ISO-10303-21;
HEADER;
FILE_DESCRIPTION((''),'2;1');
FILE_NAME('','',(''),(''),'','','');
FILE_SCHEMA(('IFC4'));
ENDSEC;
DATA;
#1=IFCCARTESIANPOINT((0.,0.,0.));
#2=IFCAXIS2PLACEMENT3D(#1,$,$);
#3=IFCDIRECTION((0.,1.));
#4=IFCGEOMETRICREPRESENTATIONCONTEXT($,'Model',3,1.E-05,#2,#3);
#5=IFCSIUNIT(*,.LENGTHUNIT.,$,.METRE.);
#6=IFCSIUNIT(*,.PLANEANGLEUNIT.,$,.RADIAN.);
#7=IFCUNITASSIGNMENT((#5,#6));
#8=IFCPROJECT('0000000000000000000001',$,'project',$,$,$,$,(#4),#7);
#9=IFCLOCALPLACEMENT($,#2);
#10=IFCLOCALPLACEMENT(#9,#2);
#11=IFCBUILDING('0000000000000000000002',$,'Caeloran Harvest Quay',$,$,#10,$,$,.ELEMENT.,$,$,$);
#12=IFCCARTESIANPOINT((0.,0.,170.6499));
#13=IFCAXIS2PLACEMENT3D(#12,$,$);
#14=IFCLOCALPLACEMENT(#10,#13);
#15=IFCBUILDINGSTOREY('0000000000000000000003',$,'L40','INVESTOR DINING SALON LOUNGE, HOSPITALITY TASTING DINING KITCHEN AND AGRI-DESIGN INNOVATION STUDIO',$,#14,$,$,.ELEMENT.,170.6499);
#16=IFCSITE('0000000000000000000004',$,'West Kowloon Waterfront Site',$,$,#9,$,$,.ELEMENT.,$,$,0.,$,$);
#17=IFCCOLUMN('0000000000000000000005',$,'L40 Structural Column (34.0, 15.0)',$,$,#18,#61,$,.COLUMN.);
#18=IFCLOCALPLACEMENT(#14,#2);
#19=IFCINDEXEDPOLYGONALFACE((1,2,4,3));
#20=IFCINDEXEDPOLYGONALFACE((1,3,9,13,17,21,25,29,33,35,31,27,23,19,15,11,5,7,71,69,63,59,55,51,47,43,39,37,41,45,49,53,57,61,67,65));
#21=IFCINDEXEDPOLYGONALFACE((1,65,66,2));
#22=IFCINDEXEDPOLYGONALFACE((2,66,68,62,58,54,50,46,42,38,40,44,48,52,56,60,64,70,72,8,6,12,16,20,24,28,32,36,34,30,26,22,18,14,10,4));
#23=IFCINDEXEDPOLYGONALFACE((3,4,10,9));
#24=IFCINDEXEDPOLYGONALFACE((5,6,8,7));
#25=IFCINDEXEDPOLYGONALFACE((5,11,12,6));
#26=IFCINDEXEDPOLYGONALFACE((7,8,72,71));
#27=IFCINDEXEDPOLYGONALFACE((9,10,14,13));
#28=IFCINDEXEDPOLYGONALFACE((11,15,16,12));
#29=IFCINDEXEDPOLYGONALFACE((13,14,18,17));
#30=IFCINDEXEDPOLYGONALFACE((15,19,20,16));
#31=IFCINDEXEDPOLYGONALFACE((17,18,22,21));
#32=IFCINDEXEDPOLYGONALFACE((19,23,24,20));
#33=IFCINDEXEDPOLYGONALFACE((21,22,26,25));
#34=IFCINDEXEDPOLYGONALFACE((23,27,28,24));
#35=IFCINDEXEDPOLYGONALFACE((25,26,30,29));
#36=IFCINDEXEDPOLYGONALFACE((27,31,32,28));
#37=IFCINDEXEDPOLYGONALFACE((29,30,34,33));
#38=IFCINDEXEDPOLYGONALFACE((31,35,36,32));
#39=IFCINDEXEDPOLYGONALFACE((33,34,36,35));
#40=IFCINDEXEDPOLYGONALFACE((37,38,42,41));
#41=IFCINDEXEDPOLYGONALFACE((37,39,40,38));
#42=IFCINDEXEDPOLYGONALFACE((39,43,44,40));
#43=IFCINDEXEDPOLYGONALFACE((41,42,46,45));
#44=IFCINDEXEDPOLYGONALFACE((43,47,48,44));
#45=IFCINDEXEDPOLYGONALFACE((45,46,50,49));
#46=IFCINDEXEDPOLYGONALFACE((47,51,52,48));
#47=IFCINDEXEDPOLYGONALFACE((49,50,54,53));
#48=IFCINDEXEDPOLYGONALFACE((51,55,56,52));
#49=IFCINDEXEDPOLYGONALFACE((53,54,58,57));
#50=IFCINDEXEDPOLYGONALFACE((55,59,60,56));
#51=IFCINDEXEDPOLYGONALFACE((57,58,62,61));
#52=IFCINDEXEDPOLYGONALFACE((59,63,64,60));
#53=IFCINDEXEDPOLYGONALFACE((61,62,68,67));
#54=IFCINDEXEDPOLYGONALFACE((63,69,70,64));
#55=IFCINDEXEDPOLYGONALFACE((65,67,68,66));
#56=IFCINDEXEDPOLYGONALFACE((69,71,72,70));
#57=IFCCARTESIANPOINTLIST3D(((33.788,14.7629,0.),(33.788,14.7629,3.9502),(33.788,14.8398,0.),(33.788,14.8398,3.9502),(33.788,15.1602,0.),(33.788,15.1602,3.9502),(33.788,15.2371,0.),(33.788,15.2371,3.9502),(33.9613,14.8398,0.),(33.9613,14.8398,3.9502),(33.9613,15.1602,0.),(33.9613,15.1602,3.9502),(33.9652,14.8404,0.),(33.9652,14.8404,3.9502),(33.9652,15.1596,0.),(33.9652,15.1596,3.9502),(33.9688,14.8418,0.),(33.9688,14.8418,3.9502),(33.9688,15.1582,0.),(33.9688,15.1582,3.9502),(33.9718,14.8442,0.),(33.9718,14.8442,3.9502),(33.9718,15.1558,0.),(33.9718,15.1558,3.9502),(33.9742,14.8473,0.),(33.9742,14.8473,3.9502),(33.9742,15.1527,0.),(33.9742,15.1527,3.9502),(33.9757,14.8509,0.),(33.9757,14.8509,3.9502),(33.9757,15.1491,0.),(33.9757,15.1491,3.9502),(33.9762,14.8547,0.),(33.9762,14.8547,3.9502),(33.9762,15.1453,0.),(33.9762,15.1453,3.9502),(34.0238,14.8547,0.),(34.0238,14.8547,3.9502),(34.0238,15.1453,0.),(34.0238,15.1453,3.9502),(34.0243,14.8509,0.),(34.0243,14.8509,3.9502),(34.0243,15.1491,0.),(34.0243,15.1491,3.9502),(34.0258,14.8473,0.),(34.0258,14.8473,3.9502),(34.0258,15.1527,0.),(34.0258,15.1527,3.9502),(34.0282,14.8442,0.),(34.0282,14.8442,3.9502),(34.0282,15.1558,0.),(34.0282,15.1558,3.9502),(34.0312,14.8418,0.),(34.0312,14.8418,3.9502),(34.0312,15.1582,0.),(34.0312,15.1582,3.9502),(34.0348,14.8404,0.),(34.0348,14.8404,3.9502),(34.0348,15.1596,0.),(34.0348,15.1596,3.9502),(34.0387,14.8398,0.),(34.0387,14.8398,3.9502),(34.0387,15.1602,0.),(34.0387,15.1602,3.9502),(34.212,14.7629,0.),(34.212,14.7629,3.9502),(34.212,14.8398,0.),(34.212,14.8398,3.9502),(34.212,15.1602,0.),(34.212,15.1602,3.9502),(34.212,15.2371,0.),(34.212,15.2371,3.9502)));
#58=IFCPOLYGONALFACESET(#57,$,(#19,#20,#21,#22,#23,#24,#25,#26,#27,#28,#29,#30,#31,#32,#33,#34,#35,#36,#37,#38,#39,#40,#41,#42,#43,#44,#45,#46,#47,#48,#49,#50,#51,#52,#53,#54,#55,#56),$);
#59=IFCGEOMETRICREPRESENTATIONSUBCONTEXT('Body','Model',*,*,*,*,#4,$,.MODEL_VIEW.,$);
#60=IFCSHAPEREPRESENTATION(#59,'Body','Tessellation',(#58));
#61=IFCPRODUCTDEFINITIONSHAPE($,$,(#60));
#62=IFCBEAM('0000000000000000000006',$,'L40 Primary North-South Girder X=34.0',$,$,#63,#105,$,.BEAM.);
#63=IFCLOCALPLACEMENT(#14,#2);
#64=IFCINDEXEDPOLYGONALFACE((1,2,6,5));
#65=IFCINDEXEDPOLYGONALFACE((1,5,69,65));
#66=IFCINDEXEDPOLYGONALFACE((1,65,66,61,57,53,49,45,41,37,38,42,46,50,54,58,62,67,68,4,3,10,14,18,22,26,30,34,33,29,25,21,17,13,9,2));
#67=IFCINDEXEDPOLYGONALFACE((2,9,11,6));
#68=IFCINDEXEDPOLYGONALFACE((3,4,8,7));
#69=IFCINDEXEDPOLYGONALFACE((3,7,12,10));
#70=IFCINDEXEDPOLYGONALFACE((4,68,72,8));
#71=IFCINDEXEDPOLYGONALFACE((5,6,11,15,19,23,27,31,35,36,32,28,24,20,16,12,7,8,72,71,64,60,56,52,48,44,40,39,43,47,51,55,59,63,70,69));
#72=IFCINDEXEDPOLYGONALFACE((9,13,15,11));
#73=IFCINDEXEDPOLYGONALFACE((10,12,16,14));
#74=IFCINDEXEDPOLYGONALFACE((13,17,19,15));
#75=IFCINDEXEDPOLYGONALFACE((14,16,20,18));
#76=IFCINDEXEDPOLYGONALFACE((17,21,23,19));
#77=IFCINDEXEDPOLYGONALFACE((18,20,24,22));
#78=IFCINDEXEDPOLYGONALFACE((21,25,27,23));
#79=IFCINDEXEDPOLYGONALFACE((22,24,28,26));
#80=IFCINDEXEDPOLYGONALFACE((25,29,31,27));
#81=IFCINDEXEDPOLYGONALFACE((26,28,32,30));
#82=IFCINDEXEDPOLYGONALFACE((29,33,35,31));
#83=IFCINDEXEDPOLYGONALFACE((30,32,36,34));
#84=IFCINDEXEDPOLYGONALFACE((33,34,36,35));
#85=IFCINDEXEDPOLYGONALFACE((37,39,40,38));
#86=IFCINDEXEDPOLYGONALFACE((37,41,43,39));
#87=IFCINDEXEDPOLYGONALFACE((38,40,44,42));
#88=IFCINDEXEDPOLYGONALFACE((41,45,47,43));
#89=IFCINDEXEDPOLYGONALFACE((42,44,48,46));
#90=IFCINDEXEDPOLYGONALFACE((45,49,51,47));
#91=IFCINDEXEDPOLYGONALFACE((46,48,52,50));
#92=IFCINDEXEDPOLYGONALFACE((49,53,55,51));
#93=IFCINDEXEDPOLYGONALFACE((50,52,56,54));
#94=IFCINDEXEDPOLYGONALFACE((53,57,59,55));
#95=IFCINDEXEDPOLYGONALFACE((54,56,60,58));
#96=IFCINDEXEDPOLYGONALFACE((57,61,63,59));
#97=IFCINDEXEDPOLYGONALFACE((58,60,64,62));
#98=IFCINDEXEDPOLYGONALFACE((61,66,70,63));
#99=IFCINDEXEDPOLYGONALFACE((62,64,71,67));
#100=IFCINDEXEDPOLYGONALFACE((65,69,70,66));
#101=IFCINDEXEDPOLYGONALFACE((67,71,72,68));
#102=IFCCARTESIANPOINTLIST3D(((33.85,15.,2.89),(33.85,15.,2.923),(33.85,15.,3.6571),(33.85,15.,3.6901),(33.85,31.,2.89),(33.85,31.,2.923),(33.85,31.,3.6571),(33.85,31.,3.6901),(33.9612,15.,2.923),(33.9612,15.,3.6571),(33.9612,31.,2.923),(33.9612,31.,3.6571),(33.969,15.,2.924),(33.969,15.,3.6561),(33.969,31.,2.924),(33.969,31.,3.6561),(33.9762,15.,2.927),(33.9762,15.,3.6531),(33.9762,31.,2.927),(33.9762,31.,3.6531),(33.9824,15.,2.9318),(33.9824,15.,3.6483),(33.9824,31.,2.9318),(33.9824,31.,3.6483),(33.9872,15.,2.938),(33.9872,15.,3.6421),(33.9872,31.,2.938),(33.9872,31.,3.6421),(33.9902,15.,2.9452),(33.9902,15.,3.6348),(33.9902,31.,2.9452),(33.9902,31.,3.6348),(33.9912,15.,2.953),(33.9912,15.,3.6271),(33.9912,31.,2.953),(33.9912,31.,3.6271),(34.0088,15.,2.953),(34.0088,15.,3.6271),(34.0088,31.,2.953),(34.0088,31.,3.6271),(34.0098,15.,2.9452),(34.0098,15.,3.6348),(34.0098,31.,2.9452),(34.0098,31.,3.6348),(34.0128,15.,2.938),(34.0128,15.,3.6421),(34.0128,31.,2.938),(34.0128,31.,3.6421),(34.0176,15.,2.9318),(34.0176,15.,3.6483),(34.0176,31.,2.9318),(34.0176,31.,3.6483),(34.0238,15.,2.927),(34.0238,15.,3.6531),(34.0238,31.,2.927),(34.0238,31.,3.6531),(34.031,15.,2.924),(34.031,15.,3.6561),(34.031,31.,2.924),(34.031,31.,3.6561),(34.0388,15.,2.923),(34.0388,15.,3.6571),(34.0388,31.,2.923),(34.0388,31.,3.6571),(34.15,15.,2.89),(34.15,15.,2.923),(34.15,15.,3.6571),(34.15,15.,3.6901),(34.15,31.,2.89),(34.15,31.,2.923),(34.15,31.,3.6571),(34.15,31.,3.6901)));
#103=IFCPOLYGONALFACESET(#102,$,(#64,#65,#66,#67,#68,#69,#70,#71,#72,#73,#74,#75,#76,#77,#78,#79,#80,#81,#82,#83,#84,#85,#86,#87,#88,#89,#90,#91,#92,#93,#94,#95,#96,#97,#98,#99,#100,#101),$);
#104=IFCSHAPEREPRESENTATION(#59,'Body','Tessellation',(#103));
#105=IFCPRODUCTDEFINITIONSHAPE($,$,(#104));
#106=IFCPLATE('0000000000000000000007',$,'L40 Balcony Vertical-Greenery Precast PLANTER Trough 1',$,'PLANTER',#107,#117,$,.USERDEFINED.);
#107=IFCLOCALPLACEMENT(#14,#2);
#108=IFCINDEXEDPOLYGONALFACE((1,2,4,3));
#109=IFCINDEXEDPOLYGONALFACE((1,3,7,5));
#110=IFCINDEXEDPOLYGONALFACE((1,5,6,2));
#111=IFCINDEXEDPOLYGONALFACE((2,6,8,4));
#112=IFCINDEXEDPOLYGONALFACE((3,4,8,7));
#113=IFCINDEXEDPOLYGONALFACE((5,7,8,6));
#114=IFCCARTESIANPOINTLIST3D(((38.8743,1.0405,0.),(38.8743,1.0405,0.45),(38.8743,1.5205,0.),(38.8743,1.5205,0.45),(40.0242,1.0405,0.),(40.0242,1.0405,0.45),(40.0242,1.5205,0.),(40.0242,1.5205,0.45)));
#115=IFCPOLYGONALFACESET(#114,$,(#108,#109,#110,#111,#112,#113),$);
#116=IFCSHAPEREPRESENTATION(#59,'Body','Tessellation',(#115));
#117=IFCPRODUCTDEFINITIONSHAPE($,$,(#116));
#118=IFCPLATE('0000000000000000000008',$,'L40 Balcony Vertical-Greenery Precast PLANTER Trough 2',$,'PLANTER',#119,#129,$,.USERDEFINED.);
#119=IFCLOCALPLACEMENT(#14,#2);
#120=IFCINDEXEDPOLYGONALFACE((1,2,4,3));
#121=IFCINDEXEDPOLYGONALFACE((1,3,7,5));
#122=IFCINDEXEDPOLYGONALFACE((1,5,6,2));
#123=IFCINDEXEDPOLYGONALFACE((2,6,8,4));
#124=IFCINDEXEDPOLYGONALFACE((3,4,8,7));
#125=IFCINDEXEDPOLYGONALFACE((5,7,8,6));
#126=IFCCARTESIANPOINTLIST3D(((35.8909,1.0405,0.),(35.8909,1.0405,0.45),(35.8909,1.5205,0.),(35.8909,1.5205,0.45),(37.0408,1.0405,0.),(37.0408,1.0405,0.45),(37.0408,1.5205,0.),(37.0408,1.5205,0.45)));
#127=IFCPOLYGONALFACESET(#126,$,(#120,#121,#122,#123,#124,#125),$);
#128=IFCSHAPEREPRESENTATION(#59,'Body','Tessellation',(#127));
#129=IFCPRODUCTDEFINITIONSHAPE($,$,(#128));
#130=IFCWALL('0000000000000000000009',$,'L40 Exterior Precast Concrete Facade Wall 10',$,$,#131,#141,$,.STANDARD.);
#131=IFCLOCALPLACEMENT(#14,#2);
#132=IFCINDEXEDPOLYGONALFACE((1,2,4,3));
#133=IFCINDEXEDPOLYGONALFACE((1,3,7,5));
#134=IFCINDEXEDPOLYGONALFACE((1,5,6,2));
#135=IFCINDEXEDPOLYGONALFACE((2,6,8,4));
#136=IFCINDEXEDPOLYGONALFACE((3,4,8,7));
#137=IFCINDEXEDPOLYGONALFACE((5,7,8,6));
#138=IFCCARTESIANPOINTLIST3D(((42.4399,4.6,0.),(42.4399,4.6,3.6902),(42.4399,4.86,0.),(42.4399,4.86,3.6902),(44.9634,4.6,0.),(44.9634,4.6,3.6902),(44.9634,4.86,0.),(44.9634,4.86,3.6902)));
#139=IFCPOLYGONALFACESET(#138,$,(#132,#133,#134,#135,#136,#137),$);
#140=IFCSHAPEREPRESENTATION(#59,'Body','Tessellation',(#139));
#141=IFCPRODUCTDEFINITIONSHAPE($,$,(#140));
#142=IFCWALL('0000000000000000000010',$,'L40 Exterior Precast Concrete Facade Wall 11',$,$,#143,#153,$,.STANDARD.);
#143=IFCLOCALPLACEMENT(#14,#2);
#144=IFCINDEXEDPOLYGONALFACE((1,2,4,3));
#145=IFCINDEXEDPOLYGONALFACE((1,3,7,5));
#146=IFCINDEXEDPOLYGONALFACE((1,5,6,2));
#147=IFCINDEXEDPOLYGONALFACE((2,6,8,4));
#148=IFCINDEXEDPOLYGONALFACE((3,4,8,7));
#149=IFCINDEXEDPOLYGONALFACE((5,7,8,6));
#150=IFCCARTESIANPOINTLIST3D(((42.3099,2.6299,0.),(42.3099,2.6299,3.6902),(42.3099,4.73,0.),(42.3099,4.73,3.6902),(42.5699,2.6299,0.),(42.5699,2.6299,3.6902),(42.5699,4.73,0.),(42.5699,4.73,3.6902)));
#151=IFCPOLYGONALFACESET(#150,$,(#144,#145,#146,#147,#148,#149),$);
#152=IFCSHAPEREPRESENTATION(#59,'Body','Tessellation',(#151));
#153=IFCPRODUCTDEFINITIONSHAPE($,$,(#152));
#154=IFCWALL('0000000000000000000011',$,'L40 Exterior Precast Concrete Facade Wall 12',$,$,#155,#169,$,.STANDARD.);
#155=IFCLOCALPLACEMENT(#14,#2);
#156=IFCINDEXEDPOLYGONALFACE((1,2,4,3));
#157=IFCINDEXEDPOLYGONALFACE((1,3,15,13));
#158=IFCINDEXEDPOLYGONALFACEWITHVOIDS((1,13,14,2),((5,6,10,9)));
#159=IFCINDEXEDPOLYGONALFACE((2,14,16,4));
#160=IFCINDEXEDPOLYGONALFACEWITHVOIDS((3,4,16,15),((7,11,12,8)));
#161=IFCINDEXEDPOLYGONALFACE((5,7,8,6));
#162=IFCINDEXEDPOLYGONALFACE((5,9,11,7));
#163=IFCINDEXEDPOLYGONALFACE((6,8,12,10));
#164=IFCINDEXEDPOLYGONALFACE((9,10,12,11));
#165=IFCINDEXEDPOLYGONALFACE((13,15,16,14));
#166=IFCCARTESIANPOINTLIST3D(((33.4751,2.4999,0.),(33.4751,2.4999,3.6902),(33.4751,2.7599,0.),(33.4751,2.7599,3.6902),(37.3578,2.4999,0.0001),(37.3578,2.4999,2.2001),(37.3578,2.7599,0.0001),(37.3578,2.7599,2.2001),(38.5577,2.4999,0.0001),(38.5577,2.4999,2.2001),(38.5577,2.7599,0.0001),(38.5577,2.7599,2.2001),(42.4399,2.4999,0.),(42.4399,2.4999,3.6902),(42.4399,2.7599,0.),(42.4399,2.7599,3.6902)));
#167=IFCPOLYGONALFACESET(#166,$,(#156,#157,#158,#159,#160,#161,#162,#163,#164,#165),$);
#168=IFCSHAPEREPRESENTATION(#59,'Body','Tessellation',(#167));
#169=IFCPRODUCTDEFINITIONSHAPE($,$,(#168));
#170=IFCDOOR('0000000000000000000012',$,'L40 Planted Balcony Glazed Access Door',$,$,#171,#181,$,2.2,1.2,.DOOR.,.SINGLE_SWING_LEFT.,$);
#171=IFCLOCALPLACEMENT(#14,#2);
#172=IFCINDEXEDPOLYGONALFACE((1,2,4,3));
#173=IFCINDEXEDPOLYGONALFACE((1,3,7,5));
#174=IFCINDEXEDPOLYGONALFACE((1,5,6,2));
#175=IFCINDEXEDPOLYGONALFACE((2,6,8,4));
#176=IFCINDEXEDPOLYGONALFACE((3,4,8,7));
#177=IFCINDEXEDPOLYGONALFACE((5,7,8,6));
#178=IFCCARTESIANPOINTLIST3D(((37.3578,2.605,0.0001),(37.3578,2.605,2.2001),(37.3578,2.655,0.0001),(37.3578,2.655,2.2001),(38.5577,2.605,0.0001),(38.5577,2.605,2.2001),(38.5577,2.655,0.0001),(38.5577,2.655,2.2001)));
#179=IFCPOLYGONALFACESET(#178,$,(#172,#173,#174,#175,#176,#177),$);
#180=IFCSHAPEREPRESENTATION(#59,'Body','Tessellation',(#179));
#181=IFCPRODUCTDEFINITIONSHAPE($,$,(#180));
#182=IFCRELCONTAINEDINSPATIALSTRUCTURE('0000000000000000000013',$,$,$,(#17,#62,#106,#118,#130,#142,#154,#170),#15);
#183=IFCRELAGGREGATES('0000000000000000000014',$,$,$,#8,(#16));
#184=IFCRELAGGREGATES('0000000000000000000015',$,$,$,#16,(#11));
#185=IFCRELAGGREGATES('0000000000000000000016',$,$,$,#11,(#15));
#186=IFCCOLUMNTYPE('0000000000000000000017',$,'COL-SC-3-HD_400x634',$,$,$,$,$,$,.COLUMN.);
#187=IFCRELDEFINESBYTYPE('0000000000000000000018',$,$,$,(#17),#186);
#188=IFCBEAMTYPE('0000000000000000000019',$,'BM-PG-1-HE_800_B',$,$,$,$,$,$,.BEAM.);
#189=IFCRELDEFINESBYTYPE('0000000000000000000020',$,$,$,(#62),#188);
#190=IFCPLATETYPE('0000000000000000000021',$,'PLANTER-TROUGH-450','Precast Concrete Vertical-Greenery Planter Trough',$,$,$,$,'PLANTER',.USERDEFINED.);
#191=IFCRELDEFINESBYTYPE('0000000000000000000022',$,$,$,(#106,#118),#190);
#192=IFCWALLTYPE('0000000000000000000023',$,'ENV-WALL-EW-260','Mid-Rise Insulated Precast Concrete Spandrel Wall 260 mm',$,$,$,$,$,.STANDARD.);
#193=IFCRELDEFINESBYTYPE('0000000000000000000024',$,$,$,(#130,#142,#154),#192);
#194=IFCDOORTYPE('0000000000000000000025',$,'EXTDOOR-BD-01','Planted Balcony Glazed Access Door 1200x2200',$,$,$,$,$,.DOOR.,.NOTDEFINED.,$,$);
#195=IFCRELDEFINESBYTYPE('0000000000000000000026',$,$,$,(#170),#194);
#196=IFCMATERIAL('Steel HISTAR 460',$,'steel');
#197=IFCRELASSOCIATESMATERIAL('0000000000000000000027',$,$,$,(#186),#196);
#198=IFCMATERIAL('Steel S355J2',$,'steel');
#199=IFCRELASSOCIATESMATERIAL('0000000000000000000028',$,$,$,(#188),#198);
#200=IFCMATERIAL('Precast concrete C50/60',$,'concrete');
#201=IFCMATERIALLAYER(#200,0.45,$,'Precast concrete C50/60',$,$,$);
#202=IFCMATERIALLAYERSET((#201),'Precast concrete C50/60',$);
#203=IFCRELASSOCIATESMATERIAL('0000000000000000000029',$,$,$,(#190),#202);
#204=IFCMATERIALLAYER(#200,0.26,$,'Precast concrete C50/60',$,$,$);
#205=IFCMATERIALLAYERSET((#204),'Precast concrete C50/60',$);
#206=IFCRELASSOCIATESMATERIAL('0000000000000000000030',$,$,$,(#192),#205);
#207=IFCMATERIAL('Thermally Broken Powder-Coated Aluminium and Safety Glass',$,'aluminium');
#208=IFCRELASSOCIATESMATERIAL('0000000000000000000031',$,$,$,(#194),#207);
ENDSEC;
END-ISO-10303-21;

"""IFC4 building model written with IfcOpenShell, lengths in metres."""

from ifc_helpers import new_model, si_unit, direction, frame, frame_2d, origin, origin_2d, place, context, subcontext, project, spatial, rectangle, i_section, extrude, material, layer, layer_set, material_profile, profile_set, type_object, element, fill, save


model = new_model("IFC4")

# Units and contexts
model_context = context("Model", 3, precision=1e-05, world=origin(), true_north=direction((0.0, 1.0)))
body_context = subcontext(model_context, "Body", "Model", "MODEL_VIEW")
ifc_project = project(units=[si_unit("LENGTHUNIT", "METRE"), si_unit("PLANEANGLEUNIT", "RADIAN")], contexts=[model_context])

# Site, building, storey
site_placement = place(None, origin())
site = spatial("IfcSite", under=ifc_project, at=site_placement, Name="West Kowloon Waterfront Site", CompositionType="ELEMENT", RefElevation=0.0)
building_placement = place(site_placement, origin())
building = spatial("IfcBuilding", under=site, at=building_placement, Name="Caeloran Harvest Quay", CompositionType="ELEMENT")
storey_placement = place(building_placement, frame((0.0, 0.0, 170.6499)))
storey = spatial("IfcBuildingStorey", under=building, at=storey_placement, Name="L40", Description="INVESTOR DINING SALON LOUNGE, HOSPITALITY TASTING DINING KITCHEN AND AGRI-DESIGN INNOVATION STUDIO", CompositionType="ELEMENT", Elevation=170.6499)

# Column
ifc_material_1 = material(Name="Steel HISTAR 460", Category="steel")
ifc_material_profile_1 = material_profile(ifc_material_1, i_section(OverallWidth=0.4241, OverallDepth=0.4741, WebThickness=0.0476, FlangeThickness=0.0769, FilletRadius=0.0149, at=origin_2d()), Name="HD 400x634")
ifc_profile_set_1 = profile_set([ifc_material_profile_1], Name="Steel HISTAR 460")
column_type = type_object("IfcColumnType", Name="COL-SC-3-HD_400x634", PredefinedType="COLUMN", material=ifc_profile_set_1)
column_placement = place(storey_placement, frame((34.0, 15.0, 0.0), z_axis=(0.0, 0.0, 1.0), x_axis=(1.0, 0.0, 0.0)))
element("IfcColumn", 1, at=column_placement, inside=storey, type_object=column_type, Name="L40 Structural Column (34.0, 15.0)", PredefinedType="COLUMN", context=body_context, shape_type="SweptSolid", body=[
    extrude(i_section(OverallWidth=0.4241, OverallDepth=0.4741, WebThickness=0.0476, FlangeThickness=0.0769, FilletRadius=0.0149, at=origin_2d()), origin(), (0.0, 0.0, 1.0), 3.9502),
])

# Beam
ifc_material_2 = material(Name="Steel S355J2", Category="steel")
ifc_material_profile_2 = material_profile(ifc_material_2, i_section(OverallWidth=0.3, OverallDepth=0.8, WebThickness=0.0176, FlangeThickness=0.033, FilletRadius=0.03, at=origin_2d()), Name="HE 800 B")
ifc_profile_set_2 = profile_set([ifc_material_profile_2], Name="Steel S355J2")
beam_type = type_object("IfcBeamType", Name="BM-PG-1-HE_800_B", PredefinedType="BEAM", material=ifc_profile_set_2)
beam_placement = place(storey_placement, frame((34.0, 15.0, 3.29), z_axis=(0.0, 1.0, 0.0), x_axis=(-1.0, 0.0, 0.0)))
element("IfcBeam", 2, at=beam_placement, inside=storey, type_object=beam_type, Name="L40 Primary North-South Girder X=34.0", PredefinedType="BEAM", context=body_context, shape_type="SweptSolid", body=[
    extrude(i_section(OverallWidth=0.3, OverallDepth=0.8, WebThickness=0.0176, FlangeThickness=0.033, FilletRadius=0.03, at=origin_2d()), origin(), (0.0, 0.0, 1.0), 16.0),
])

# Plates
ifc_material_3 = material(Name="Precast concrete C50/60", Category="concrete")
ifc_layer_1 = layer(ifc_material_3, 0.45, Name="Precast concrete C50/60")
ifc_layer_set_1 = layer_set([ifc_layer_1], Name="Precast concrete C50/60")
plate_type = type_object("IfcPlateType", Name="PLANTER-TROUGH-450", Description="Precast Concrete Vertical-Greenery Planter Trough", ElementType="PLANTER", PredefinedType="USERDEFINED", material=ifc_layer_set_1)
for number, where, z_axis, x_axis, name in (
    (3, (39.4492, 1.2805, 0.0), (0.0, 0.0, 1.0), (1.0, 0.0, 0.0), "L40 Balcony Vertical-Greenery Precast PLANTER Trough 1"),
    (4, (36.4658, 1.2805, 0.0), (0.0, 0.0, 1.0), (1.0, 0.0, 0.0), "L40 Balcony Vertical-Greenery Precast PLANTER Trough 2"),
):
    element("IfcPlate", number, at=place(storey_placement, frame(where, z_axis=z_axis, x_axis=x_axis)), inside=storey, type_object=plate_type, Name=name, ObjectType="PLANTER", PredefinedType="USERDEFINED", context=body_context, shape_type="SweptSolid", body=[
        extrude(rectangle(XDim=1.1499, YDim=0.48, at=origin_2d()), origin(), (0.0, 0.0, 1.0), 0.45),
    ])

# Walls
ifc_layer_2 = layer(ifc_material_3, 0.26, Name="Precast concrete C50/60")
ifc_layer_set_2 = layer_set([ifc_layer_2], Name="Precast concrete C50/60")
wall_type_1 = type_object("IfcWallType", Name="ENV-WALL-EW-260", Description="Mid-Rise Insulated Precast Concrete Spandrel Wall 260 mm", PredefinedType="STANDARD", material=ifc_layer_set_2)
wall_1_placement = place(storey_placement, frame((44.9634, 4.73, 0.0), z_axis=(0.0, 0.0, 1.0), x_axis=(-1.0, 0.0, 0.0)))
element("IfcWall", 5, at=wall_1_placement, inside=storey, type_object=wall_type_1, Name="L40 Exterior Precast Concrete Facade Wall 10", PredefinedType="STANDARD", context=body_context, shape_type="SweptSolid", body=[
    extrude(rectangle(XDim=2.5234, YDim=0.26, at=frame_2d((1.2617, 0.0))), origin(), (0.0, 0.0, 1.0), 3.6902),
])
wall_2_placement = place(storey_placement, frame((42.4399, 4.73, 0.0), z_axis=(0.0, 0.0, 1.0), x_axis=(0.0, -1.0, 0.0)))
element("IfcWall", 6, at=wall_2_placement, inside=storey, type_object=wall_type_1, Name="L40 Exterior Precast Concrete Facade Wall 11", PredefinedType="STANDARD", context=body_context, shape_type="SweptSolid", body=[
    extrude(rectangle(XDim=2.1001, YDim=0.26, at=frame_2d((1.05, 0.0))), origin(), (0.0, 0.0, 1.0), 3.6902),
])

# Wall, opening, door
wall_3_placement = place(storey_placement, frame((42.4399, 2.6299, 0.0), z_axis=(0.0, 0.0, 1.0), x_axis=(-1.0, 0.0, 0.0)))
wall_3 = element("IfcWall", 7, at=wall_3_placement, inside=storey, type_object=wall_type_1, Name="L40 Exterior Precast Concrete Facade Wall 12", PredefinedType="STANDARD", context=body_context, shape_type="SweptSolid", body=[
    extrude(rectangle(XDim=8.9648, YDim=0.26, at=frame_2d((4.4824, 0.0))), origin(), (0.0, 0.0, 1.0), 3.6902),
])
opening_1_placement = place(wall_3_placement, frame((3.8821, 0.0, 0.0)))
opening_1 = element("IfcOpeningElement", 8, at=opening_1_placement, cuts=wall_3, PredefinedType="OPENING", context=body_context, shape_type="SweptSolid", body=[
    extrude(rectangle(XDim=1.2, YDim=2.2, at=frame_2d((0.6001, 1.1001))), frame((0.0, 0.1401, 0.0), z_axis=(0.0, -1.0, 0.0), x_axis=(1.0, 0.0, 0.0)), (0.0, 0.0, 1.0), 0.28),
])
ifc_material_4 = material(Name="Thermally Broken Powder-Coated Aluminium and Safety Glass", Category="aluminium")
door_type = type_object("IfcDoorType", Name="EXTDOOR-BD-01", Description="Planted Balcony Glazed Access Door 1200x2200", OperationType="NOTDEFINED", PredefinedType="DOOR", material=ifc_material_4)
door_placement = place(opening_1_placement, origin())
door = element("IfcDoor", 9, at=door_placement, inside=storey, type_object=door_type, Name="L40 Planted Balcony Glazed Access Door", OperationType="SINGLE_SWING_LEFT", OverallHeight=2.2, OverallWidth=1.2, PredefinedType="DOOR", context=body_context, shape_type="SweptSolid", body=[
    extrude(rectangle(XDim=1.2, YDim=2.2, at=frame_2d((0.6001, 1.1001))), frame((0.0, 0.0249, 0.0), z_axis=(0.0, -1.0, 0.0), x_axis=(1.0, 0.0, 0.0)), (0.0, 0.0, 1.0), 0.05),
])
fill(opening_1, door)

save(model, "model.ifc")
